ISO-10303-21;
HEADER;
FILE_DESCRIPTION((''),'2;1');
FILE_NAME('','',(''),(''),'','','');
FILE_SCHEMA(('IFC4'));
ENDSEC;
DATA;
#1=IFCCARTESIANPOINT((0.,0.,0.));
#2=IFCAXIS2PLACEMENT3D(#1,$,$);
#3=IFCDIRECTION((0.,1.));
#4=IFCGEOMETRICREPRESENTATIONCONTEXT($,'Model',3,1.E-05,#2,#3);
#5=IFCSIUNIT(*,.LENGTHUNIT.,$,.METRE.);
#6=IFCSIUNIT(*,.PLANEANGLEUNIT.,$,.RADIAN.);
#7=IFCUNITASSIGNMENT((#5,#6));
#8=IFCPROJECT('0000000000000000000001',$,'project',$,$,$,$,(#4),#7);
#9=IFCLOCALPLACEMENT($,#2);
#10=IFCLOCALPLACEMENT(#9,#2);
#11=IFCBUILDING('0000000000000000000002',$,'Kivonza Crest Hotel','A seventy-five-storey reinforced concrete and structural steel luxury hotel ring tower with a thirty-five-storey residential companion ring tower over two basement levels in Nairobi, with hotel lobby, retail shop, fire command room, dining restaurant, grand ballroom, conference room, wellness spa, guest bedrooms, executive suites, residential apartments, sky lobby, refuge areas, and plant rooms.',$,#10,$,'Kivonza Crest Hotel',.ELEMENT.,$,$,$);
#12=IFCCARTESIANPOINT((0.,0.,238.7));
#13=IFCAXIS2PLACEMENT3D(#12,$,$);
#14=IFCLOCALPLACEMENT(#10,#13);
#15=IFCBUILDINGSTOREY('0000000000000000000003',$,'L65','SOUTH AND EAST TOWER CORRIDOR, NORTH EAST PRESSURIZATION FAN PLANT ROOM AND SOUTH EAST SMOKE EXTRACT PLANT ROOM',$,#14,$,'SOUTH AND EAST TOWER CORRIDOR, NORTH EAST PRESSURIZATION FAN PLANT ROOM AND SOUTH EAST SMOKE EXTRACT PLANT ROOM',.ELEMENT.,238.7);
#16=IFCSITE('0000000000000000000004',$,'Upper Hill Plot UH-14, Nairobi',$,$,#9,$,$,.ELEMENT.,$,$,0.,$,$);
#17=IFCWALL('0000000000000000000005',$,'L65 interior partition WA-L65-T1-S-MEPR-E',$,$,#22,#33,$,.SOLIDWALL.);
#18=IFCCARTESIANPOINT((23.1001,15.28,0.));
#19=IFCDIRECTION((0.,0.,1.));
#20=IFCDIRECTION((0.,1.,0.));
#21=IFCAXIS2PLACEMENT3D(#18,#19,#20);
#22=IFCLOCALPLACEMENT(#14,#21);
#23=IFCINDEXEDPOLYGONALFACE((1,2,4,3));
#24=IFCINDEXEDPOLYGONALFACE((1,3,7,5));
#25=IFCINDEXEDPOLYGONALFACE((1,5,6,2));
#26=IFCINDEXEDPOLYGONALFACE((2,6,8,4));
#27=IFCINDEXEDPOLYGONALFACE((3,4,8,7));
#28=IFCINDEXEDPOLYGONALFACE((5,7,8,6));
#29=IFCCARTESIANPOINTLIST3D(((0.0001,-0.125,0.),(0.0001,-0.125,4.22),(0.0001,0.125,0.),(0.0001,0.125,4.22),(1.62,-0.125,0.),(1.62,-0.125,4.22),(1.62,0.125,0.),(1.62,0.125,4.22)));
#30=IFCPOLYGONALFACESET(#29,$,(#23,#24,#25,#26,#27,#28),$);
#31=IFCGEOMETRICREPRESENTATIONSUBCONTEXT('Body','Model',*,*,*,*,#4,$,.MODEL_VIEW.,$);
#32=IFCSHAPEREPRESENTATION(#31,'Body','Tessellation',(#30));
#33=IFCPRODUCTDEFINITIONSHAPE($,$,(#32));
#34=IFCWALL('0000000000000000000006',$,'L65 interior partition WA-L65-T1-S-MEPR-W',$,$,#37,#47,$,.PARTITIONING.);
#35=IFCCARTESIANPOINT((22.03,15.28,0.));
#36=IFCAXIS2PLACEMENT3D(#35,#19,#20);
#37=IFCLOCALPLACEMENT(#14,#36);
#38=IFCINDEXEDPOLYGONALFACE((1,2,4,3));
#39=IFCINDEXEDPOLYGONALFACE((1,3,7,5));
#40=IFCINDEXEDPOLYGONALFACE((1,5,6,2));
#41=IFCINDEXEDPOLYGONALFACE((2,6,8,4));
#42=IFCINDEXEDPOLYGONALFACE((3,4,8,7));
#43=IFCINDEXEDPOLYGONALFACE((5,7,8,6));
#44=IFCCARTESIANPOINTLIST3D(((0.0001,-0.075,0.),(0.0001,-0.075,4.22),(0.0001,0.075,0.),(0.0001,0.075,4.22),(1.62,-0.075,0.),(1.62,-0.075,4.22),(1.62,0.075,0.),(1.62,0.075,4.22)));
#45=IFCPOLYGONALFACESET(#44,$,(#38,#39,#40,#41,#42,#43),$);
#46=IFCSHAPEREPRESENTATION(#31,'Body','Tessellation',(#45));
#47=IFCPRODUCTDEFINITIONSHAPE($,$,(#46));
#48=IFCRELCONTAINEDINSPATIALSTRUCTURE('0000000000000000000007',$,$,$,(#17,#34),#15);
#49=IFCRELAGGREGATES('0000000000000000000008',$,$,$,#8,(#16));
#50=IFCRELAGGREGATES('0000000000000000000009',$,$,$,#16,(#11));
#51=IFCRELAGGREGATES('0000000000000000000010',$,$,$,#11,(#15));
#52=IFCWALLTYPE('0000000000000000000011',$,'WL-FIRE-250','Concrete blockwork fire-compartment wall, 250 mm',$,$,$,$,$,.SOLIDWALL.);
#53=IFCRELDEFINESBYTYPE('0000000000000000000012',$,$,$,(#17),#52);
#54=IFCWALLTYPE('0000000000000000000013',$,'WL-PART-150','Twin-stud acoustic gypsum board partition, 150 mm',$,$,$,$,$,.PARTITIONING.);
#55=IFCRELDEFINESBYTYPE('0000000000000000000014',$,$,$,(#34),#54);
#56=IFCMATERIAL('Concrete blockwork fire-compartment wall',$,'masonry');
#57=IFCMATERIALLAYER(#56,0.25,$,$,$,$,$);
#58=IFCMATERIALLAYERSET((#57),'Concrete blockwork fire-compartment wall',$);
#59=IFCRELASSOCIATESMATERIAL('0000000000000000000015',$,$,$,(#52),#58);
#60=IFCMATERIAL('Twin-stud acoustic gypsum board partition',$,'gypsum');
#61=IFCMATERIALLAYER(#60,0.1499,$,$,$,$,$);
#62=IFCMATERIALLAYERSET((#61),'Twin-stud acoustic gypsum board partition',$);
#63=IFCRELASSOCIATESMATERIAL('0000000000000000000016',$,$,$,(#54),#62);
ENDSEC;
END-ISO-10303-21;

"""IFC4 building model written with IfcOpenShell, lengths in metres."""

from ifc_helpers import new_model, si_unit, direction, frame, frame_2d, origin, place, context, subcontext, project, spatial, rectangle, extrude, material, layer, layer_set, type_object, element, save


model = new_model("IFC4")

# Units and contexts
model_context = context("Model", 3, precision=1e-05, world=origin(), true_north=direction((0.0, 1.0)))
body_context = subcontext(model_context, "Body", "Model", "MODEL_VIEW")
ifc_project = project(units=[si_unit("LENGTHUNIT", "METRE"), si_unit("PLANEANGLEUNIT", "RADIAN")], contexts=[model_context])

# Site, building, storey
site_placement = place(None, origin())
site = spatial("IfcSite", under=ifc_project, at=site_placement, Name="Upper Hill Plot UH-14, Nairobi", CompositionType="ELEMENT", RefElevation=0.0)
building_placement = place(site_placement, origin())
building = spatial("IfcBuilding", under=site, at=building_placement, Name="Kivonza Crest Hotel", Description="A seventy-five-storey reinforced concrete and structural steel luxury hotel ring tower with a thirty-five-storey residential companion ring tower over two basement levels in Nairobi, with hotel lobby, retail shop, fire command room, dining restaurant, grand ballroom, conference room, wellness spa, guest bedrooms, executive suites, residential apartments, sky lobby, refuge areas, and plant rooms.", LongName="Kivonza Crest Hotel", CompositionType="ELEMENT")
storey_placement = place(building_placement, frame((0.0, 0.0, 238.7)))
storey = spatial("IfcBuildingStorey", under=building, at=storey_placement, Name="L65", Description="SOUTH AND EAST TOWER CORRIDOR, NORTH EAST PRESSURIZATION FAN PLANT ROOM AND SOUTH EAST SMOKE EXTRACT PLANT ROOM", LongName="SOUTH AND EAST TOWER CORRIDOR, NORTH EAST PRESSURIZATION FAN PLANT ROOM AND SOUTH EAST SMOKE EXTRACT PLANT ROOM", CompositionType="ELEMENT", Elevation=238.7)

# Wall
ifc_material_1 = material(Name="Concrete blockwork fire-compartment wall", Category="masonry")
ifc_layer_1 = layer(ifc_material_1, 0.25)
ifc_layer_set_1 = layer_set([ifc_layer_1], Name="Concrete blockwork fire-compartment wall")
wall_type_1 = type_object("IfcWallType", Name="WL-FIRE-250", Description="Concrete blockwork fire-compartment wall, 250 mm", PredefinedType="SOLIDWALL", material=ifc_layer_set_1)
wall_1_placement = place(storey_placement, frame((23.1001, 15.28, 0.0), z_axis=(0.0, 0.0, 1.0), x_axis=(0.0, 1.0, 0.0)))
element("IfcWall", 1, at=wall_1_placement, inside=storey, type_object=wall_type_1, Name="L65 interior partition WA-L65-T1-S-MEPR-E", PredefinedType="SOLIDWALL", context=body_context, shape_type="SweptSolid", body=[
    extrude(rectangle(XDim=1.6199, YDim=0.25, at=frame_2d((0.8101, 0.0))), origin(), (0.0, 0.0, 1.0), 4.22),
])

# Wall
ifc_material_2 = material(Name="Twin-stud acoustic gypsum board partition", Category="gypsum")
ifc_layer_2 = layer(ifc_material_2, 0.1499)
ifc_layer_set_2 = layer_set([ifc_layer_2], Name="Twin-stud acoustic gypsum board partition")
wall_type_2 = type_object("IfcWallType", Name="WL-PART-150", Description="Twin-stud acoustic gypsum board partition, 150 mm", PredefinedType="PARTITIONING", material=ifc_layer_set_2)
wall_2_placement = place(storey_placement, frame((22.03, 15.28, 0.0), z_axis=(0.0, 0.0, 1.0), x_axis=(0.0, 1.0, 0.0)))
element("IfcWall", 2, at=wall_2_placement, inside=storey, type_object=wall_type_2, Name="L65 interior partition WA-L65-T1-S-MEPR-W", PredefinedType="PARTITIONING", context=body_context, shape_type="SweptSolid", body=[
    extrude(rectangle(XDim=1.6199, YDim=0.1499, at=frame_2d((0.8101, 0.0))), origin(), (0.0, 0.0, 1.0), 4.22),
])

save(model, "model.ifc")
